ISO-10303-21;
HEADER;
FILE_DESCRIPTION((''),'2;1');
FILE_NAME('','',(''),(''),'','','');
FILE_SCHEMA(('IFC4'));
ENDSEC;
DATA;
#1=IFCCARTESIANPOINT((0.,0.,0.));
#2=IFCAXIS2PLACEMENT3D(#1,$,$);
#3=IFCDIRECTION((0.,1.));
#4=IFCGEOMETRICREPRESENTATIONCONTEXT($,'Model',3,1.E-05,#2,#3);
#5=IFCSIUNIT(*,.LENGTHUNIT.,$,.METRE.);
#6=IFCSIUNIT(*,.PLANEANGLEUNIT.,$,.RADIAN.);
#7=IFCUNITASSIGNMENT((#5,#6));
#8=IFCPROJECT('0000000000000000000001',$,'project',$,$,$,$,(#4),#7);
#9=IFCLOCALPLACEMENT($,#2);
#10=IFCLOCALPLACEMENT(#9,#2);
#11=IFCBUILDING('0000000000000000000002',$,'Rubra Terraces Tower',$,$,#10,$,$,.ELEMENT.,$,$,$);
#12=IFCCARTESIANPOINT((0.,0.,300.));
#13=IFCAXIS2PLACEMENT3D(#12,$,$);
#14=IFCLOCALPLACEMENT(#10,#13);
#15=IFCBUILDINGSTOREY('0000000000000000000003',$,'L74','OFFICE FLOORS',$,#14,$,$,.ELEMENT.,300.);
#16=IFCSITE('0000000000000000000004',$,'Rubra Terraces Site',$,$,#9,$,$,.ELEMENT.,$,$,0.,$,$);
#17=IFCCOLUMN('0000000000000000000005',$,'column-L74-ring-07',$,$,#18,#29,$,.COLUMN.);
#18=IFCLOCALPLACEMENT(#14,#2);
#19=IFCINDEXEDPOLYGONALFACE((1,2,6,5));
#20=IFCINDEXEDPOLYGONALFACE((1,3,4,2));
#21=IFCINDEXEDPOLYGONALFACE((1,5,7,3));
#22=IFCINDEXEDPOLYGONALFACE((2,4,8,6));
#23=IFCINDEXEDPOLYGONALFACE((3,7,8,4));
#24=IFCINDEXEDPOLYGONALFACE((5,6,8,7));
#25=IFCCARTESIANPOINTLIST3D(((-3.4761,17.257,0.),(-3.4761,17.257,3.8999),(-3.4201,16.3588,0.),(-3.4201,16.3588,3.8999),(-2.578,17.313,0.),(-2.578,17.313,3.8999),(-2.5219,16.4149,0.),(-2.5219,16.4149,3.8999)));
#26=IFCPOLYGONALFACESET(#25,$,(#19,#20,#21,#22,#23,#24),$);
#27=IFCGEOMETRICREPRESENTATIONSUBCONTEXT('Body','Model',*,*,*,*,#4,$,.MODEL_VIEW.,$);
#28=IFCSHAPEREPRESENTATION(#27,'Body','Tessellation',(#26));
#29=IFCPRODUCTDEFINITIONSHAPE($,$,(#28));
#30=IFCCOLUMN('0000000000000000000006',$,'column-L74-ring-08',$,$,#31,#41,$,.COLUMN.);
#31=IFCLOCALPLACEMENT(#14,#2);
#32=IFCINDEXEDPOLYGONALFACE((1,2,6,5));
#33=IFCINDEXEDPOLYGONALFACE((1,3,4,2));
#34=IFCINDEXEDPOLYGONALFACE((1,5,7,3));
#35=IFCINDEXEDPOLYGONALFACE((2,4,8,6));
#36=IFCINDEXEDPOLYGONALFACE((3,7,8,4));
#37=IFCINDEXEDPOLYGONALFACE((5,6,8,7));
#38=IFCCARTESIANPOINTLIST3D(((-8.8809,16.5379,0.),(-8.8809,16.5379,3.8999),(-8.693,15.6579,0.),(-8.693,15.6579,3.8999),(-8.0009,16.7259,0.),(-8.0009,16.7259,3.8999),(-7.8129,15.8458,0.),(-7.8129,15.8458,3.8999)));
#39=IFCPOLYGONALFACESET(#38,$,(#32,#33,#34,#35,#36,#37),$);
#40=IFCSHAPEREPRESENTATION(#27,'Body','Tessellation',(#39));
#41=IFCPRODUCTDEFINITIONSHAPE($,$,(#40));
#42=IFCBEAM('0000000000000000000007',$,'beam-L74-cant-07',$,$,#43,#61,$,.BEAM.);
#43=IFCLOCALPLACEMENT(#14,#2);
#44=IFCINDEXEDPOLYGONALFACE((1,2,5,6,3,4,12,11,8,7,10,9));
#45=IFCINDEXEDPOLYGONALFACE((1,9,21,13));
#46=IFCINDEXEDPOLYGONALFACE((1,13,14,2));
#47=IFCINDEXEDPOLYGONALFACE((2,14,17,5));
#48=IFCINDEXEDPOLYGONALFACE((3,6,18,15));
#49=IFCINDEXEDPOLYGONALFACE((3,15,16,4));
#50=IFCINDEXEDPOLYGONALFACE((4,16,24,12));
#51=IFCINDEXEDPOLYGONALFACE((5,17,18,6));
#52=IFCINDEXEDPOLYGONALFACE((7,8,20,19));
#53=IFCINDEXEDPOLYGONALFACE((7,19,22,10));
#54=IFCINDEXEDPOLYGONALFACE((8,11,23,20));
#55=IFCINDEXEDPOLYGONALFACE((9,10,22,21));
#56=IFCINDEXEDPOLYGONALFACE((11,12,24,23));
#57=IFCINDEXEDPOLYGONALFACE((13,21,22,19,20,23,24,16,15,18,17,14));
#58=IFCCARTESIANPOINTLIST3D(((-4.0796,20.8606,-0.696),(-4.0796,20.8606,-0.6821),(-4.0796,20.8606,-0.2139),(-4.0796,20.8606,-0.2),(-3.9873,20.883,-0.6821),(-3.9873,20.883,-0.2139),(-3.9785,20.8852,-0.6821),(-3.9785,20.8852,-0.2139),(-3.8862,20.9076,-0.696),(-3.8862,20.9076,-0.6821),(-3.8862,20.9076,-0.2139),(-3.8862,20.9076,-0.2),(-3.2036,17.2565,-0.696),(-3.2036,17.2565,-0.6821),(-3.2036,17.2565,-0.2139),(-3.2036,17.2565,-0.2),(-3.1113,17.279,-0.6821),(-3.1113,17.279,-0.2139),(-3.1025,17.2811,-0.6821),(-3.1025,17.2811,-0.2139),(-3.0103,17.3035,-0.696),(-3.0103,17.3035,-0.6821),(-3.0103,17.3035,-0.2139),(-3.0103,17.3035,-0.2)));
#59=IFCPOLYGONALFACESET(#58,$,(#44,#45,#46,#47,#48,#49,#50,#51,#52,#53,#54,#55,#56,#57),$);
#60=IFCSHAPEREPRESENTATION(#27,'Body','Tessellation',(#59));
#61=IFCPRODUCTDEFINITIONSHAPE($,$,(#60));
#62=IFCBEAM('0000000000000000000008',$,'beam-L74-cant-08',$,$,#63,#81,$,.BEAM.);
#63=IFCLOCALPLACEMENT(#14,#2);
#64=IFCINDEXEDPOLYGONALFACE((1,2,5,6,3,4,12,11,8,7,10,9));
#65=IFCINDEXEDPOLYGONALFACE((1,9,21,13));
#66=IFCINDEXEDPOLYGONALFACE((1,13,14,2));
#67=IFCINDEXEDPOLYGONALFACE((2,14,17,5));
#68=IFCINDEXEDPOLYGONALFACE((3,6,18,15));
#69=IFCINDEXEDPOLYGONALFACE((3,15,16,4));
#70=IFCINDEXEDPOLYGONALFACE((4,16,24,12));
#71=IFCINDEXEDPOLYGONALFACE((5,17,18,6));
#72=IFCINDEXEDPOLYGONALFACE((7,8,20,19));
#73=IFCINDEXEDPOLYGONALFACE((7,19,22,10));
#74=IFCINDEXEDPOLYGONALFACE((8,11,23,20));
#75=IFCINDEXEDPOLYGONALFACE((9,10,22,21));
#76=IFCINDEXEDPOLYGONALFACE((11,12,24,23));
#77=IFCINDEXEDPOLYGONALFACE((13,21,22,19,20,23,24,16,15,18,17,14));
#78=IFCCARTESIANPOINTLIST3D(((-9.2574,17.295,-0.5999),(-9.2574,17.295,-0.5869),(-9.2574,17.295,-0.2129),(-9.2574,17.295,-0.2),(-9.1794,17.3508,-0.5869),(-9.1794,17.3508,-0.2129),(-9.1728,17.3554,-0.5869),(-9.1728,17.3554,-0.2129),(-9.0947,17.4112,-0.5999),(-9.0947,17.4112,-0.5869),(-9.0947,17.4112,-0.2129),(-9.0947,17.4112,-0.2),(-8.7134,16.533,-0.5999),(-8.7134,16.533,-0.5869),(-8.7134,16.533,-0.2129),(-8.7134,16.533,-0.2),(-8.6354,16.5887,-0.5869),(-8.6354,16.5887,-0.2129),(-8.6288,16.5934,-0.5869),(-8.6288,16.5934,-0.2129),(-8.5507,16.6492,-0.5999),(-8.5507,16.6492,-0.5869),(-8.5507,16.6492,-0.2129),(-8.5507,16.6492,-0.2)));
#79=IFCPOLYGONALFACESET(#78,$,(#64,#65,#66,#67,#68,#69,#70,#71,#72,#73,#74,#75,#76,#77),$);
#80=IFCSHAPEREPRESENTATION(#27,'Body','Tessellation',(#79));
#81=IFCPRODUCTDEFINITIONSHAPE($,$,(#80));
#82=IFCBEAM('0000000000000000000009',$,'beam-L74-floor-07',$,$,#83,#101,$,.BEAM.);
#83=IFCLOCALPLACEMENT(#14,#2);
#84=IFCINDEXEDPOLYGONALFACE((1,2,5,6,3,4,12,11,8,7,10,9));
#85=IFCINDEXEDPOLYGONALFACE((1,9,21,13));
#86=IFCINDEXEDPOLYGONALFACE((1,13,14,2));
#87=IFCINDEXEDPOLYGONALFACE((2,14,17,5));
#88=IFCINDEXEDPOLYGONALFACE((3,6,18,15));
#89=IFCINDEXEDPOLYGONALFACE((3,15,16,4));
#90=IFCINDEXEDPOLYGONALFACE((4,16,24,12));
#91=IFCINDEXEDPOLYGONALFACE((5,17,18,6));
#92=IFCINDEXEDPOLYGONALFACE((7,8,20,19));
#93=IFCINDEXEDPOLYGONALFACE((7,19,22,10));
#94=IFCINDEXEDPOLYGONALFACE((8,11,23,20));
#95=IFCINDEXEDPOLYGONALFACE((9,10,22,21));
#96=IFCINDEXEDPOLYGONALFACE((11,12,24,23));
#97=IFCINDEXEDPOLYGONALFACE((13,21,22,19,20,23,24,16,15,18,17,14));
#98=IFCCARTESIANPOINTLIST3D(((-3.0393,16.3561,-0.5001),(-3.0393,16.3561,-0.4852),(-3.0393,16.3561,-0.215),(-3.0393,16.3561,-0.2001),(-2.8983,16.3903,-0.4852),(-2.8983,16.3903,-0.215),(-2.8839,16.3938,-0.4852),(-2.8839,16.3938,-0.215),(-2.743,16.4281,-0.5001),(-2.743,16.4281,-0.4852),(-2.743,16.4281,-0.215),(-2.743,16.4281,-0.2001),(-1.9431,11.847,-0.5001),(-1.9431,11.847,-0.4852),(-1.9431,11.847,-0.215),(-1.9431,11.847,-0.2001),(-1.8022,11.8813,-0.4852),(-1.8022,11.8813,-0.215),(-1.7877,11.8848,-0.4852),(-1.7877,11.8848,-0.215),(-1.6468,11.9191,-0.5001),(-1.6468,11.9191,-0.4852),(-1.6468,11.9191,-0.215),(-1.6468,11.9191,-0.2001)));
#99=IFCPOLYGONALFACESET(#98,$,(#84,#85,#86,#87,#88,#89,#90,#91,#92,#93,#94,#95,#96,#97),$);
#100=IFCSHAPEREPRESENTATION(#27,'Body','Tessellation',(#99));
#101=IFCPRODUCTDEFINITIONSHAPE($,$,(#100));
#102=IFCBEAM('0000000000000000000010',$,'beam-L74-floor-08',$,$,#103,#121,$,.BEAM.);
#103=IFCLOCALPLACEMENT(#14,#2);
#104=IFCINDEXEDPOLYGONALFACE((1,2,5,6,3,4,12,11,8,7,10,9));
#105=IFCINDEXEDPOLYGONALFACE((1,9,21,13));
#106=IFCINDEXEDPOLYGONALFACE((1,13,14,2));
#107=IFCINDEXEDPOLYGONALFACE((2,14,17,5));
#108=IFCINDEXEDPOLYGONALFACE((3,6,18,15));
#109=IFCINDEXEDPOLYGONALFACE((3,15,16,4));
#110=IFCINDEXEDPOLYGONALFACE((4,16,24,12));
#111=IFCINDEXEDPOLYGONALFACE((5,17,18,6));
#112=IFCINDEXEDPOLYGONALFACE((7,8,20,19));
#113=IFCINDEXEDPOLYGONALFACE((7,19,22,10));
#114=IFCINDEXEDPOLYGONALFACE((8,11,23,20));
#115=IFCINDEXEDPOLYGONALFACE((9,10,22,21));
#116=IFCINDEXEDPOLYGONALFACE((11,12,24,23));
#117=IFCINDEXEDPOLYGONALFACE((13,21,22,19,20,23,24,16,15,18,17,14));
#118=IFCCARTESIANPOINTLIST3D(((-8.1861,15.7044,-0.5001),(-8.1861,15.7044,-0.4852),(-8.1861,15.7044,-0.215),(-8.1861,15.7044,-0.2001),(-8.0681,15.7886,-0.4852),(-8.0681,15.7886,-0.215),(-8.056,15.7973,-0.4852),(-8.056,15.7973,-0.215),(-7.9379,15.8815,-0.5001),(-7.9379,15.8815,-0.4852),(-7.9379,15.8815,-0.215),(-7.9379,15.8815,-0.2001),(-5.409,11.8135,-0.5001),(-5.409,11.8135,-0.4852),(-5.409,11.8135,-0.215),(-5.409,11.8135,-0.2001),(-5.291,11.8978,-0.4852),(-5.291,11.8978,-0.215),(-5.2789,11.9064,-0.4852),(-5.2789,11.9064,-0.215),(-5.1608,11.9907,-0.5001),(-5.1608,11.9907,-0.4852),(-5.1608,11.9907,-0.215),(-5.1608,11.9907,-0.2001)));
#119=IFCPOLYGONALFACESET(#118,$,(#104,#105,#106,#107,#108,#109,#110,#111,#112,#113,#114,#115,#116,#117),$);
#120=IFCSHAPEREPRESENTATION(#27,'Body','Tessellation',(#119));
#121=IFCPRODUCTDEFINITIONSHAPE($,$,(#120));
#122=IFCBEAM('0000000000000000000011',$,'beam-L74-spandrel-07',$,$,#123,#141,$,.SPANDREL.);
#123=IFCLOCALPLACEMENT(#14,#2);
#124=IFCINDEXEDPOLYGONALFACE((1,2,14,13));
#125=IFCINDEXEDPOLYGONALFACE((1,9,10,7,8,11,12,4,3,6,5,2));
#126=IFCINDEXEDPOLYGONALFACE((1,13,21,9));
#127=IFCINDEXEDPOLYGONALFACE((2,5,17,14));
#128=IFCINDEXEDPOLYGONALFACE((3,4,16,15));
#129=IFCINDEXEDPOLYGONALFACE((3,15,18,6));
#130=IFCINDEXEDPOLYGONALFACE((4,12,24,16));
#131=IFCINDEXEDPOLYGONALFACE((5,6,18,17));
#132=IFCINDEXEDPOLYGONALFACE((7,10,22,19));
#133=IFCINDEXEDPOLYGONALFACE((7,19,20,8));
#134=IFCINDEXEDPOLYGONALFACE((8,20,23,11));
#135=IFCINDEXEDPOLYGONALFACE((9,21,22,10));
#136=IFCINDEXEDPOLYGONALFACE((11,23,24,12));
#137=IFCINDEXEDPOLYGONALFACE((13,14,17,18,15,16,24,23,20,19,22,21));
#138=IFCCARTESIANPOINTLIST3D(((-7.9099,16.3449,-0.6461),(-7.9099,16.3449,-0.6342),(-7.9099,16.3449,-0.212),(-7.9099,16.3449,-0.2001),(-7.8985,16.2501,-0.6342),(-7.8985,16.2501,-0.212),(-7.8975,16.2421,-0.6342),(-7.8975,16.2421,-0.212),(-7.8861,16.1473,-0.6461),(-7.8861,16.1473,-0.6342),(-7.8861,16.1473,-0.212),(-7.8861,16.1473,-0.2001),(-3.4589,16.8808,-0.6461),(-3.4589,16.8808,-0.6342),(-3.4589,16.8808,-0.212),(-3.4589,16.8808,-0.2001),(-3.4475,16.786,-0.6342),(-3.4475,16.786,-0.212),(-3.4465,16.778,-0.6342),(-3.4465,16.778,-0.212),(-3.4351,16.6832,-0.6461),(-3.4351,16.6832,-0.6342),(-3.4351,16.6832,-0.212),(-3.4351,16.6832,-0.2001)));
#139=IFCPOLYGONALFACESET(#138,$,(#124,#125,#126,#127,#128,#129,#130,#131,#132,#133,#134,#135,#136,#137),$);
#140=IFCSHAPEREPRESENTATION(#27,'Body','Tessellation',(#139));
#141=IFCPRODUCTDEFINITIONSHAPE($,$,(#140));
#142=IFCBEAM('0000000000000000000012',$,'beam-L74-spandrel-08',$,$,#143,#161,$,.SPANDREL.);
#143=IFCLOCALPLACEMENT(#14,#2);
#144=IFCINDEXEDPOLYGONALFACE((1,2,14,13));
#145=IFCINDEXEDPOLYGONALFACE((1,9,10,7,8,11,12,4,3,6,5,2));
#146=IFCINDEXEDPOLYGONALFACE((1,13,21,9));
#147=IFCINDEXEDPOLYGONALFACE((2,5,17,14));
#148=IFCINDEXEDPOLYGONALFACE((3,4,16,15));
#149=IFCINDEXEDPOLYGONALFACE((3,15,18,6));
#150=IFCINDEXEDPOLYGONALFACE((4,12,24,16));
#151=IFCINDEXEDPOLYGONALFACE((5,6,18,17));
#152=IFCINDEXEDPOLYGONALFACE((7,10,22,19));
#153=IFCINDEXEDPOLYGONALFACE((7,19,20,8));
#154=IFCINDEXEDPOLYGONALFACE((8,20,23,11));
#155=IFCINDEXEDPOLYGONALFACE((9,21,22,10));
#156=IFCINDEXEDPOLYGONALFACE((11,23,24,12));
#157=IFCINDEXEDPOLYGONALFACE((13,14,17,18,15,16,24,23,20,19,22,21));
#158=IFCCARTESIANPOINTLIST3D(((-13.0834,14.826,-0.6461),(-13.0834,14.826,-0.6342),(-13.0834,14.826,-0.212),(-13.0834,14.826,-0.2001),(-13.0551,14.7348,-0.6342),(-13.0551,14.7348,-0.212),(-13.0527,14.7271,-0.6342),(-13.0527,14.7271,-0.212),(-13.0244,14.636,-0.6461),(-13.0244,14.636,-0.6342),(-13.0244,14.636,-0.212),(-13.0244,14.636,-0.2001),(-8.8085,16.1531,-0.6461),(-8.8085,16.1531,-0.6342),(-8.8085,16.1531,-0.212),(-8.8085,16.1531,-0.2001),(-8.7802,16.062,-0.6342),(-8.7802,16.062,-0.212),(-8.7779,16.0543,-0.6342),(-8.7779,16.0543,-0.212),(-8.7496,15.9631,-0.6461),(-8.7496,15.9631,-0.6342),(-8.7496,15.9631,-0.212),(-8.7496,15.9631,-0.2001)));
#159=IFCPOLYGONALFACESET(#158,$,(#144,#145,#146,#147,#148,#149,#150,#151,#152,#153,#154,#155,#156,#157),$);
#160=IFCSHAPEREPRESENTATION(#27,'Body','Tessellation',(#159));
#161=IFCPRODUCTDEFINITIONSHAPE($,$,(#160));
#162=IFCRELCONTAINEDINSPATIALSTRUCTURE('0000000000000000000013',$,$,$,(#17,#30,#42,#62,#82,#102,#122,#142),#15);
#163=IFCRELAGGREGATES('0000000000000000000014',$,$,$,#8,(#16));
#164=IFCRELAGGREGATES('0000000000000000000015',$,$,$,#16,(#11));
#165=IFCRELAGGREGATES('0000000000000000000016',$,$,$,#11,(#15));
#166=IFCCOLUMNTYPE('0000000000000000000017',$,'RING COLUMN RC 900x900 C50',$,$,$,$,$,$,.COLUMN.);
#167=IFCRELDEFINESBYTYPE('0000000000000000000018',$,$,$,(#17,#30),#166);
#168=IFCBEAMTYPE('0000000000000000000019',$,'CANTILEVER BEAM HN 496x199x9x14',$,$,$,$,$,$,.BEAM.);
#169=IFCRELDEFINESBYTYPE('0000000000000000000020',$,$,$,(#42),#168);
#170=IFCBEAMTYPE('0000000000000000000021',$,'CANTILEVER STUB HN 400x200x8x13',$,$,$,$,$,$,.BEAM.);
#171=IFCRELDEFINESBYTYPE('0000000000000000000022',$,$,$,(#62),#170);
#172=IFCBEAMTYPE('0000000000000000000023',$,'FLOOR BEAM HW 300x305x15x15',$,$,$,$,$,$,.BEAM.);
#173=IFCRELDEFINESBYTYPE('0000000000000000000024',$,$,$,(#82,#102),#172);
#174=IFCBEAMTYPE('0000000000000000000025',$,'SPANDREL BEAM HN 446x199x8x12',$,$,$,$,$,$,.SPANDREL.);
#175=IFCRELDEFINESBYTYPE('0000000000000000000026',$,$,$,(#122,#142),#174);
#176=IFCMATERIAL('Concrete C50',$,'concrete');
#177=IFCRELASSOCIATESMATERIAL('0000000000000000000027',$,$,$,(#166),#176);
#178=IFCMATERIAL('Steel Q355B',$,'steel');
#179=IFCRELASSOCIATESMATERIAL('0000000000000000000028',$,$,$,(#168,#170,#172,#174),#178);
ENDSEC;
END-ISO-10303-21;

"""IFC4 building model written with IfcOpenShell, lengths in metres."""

from ifc_helpers import new_model, si_unit, direction, frame, origin, origin_2d, place, context, subcontext, project, spatial, rectangle, i_section, extrude, material, material_profile, profile_set, type_object, element, save


model = new_model("IFC4")

# Units and contexts
model_context = context("Model", 3, precision=1e-05, world=origin(), true_north=direction((0.0, 1.0)))
body_context = subcontext(model_context, "Body", "Model", "MODEL_VIEW")
ifc_project = project(units=[si_unit("LENGTHUNIT", "METRE"), si_unit("PLANEANGLEUNIT", "RADIAN")], contexts=[model_context])

# Site, building, storey
site_placement = place(None, origin())
site = spatial("IfcSite", under=ifc_project, at=site_placement, Name="Rubra Terraces Site", CompositionType="ELEMENT", RefElevation=0.0)
building_placement = place(site_placement, origin())
building = spatial("IfcBuilding", under=site, at=building_placement, Name="Rubra Terraces Tower", CompositionType="ELEMENT")
storey_placement = place(building_placement, frame((0.0, 0.0, 300.0)))
storey = spatial("IfcBuildingStorey", under=building, at=storey_placement, Name="L74", Description="OFFICE FLOORS", CompositionType="ELEMENT", Elevation=300.0)

# Columns
ifc_material_1 = material(Name="Concrete C50", Category="concrete")
ifc_material_profile_1 = material_profile(ifc_material_1, rectangle(XDim=0.8999, YDim=0.8999, at=origin_2d()), Name="RC 900x900")
ifc_profile_set_1 = profile_set([ifc_material_profile_1], Name="Concrete C50")
column_type = type_object("IfcColumnType", Name="RING COLUMN RC 900x900 C50", PredefinedType="COLUMN", material=ifc_profile_set_1)
for number, where, z_axis, x_axis, name in (
    (1, (-2.999, 16.8359, 0.0), (0.0, 0.0, 1.0), (-0.998059, -0.062268, 0.0), "column-L74-ring-07"),
    (2, (-8.3469, 16.1919, 0.0), (0.0, 0.0, 1.0), (-0.977944, -0.208867, 0.0), "column-L74-ring-08"),
):
    element("IfcColumn", number, at=place(storey_placement, frame(where, z_axis=z_axis, x_axis=x_axis)), inside=storey, type_object=column_type, Name=name, PredefinedType="COLUMN", context=body_context, shape_type="SweptSolid", body=[
        extrude(rectangle(XDim=0.8999, YDim=0.8999, at=origin_2d()), origin(), (0.0, 0.0, 1.0), 3.8999),
    ])

# Beams
ifc_material_2 = material(Name="Steel Q355B", Category="steel")
ifc_material_profile_2 = material_profile(ifc_material_2, i_section(OverallWidth=0.199, OverallDepth=0.4961, WebThickness=0.009, FlangeThickness=0.0139, at=origin_2d()), Name="HN 496x199x9x14")
ifc_profile_set_2 = profile_set([ifc_material_profile_2], Name="Steel Q355B")
beam_type_1 = type_object("IfcBeamType", Name="CANTILEVER BEAM HN 496x199x9x14", PredefinedType="BEAM", material=ifc_profile_set_2)
beam_1_placement = place(storey_placement, frame((-3.1069, 17.28, -0.448), z_axis=(-0.23618, 0.971709, 0.0), x_axis=(-0.971709, -0.23618, 0.0)))
element("IfcBeam", 3, at=beam_1_placement, inside=storey, type_object=beam_type_1, Name="beam-L74-cant-07", PredefinedType="BEAM", context=body_context, shape_type="SweptSolid", body=[
    extrude(i_section(OverallWidth=0.199, OverallDepth=0.4961, WebThickness=0.009, FlangeThickness=0.0139, at=origin_2d()), origin(), (0.0, 0.0, 1.0), 3.709),
])
ifc_material_profile_3 = material_profile(ifc_material_2, i_section(OverallWidth=0.2, OverallDepth=0.3999, WebThickness=0.0081, FlangeThickness=0.0129, at=origin_2d()), Name="HN 400x200x8x13")
ifc_profile_set_3 = profile_set([ifc_material_profile_3], Name="Steel Q355B")
beam_type_2 = type_object("IfcBeamType", Name="CANTILEVER STUB HN 400x200x8x13", PredefinedType="BEAM", material=ifc_profile_set_3)
beam_2_placement = place(storey_placement, frame((-8.6321, 16.5911, -0.3999), z_axis=(-0.581016, 0.813892, 0.0), x_axis=(-0.813892, -0.581016, 0.0)))
element("IfcBeam", 4, at=beam_2_placement, inside=storey, type_object=beam_type_2, Name="beam-L74-cant-08", PredefinedType="BEAM", context=body_context, shape_type="SweptSolid", body=[
    extrude(i_section(OverallWidth=0.2, OverallDepth=0.3999, WebThickness=0.0081, FlangeThickness=0.0129, at=origin_2d()), origin(), (0.0, 0.0, 1.0), 0.9363),
])
ifc_material_profile_4 = material_profile(ifc_material_2, i_section(OverallWidth=0.3049, OverallDepth=0.3, WebThickness=0.0149, FlangeThickness=0.0149, at=origin_2d()), Name="HW 300x305x15x15")
ifc_profile_set_4 = profile_set([ifc_material_profile_4], Name="Steel Q355B")
beam_type_3 = type_object("IfcBeamType", Name="FLOOR BEAM HW 300x305x15x15", PredefinedType="BEAM", material=ifc_profile_set_4)
beam_3_placement = place(storey_placement, frame((-2.8911, 16.3921, -0.3501), z_axis=(0.236229, -0.971697, 0.0), x_axis=(0.971697, 0.236229, 0.0)))
element("IfcBeam", 5, at=beam_3_placement, inside=storey, type_object=beam_type_3, Name="beam-L74-floor-07", PredefinedType="BEAM", context=body_context, shape_type="SweptSolid", body=[
    extrude(i_section(OverallWidth=0.3049, OverallDepth=0.3, WebThickness=0.0149, FlangeThickness=0.0149, at=origin_2d()), origin(), (0.0, 0.0, 1.0), 4.6404),
])
beam_4_placement = place(storey_placement, frame((-8.062, 15.793, -0.3501), z_axis=(0.580948, -0.81394, 0.0), x_axis=(0.81394, 0.580948, 0.0)))
element("IfcBeam", 6, at=beam_4_placement, inside=storey, type_object=beam_type_3, Name="beam-L74-floor-08", PredefinedType="BEAM", context=body_context, shape_type="SweptSolid", body=[
    extrude(i_section(OverallWidth=0.3049, OverallDepth=0.3, WebThickness=0.0149, FlangeThickness=0.0149, at=origin_2d()), origin(), (0.0, 0.0, 1.0), 4.7803),
])
ifc_material_profile_5 = material_profile(ifc_material_2, i_section(OverallWidth=0.199, OverallDepth=0.446, WebThickness=0.0081, FlangeThickness=0.012, at=origin_2d()), Name="HN 446x199x8x12")
ifc_profile_set_5 = profile_set([ifc_material_profile_5], Name="Steel Q355B")
beam_type_4 = type_object("IfcBeamType", Name="SPANDREL BEAM HN 446x199x8x12", PredefinedType="SPANDREL", material=ifc_profile_set_5)
beam_5_placement = place(storey_placement, frame((-3.447, 16.782, -0.4231), z_axis=(-0.99283, -0.119536, 0.0), x_axis=(0.119536, -0.99283, 0.0)))
element("IfcBeam", 7, at=beam_5_placement, inside=storey, type_object=beam_type_4, Name="beam-L74-spandrel-07", PredefinedType="SPANDREL", context=body_context, shape_type="SweptSolid", body=[
    extrude(i_section(OverallWidth=0.199, OverallDepth=0.446, WebThickness=0.0081, FlangeThickness=0.012, at=origin_2d()), origin(), (0.0, 0.0, 1.0), 4.4832),
])
beam_6_placement = place(storey_placement, frame((-8.7791, 16.0581, -0.4231), z_axis=(-0.955035, -0.296492, 0.0), x_axis=(0.296492, -0.955035, 0.0)))
element("IfcBeam", 8, at=beam_6_placement, inside=storey, type_object=beam_type_4, Name="beam-L74-spandrel-08", PredefinedType="SPANDREL", context=body_context, shape_type="SweptSolid", body=[
    extrude(i_section(OverallWidth=0.199, OverallDepth=0.446, WebThickness=0.0081, FlangeThickness=0.012, at=origin_2d()), origin(), (0.0, 0.0, 1.0), 4.4761),
])

save(model, "model.ifc")
